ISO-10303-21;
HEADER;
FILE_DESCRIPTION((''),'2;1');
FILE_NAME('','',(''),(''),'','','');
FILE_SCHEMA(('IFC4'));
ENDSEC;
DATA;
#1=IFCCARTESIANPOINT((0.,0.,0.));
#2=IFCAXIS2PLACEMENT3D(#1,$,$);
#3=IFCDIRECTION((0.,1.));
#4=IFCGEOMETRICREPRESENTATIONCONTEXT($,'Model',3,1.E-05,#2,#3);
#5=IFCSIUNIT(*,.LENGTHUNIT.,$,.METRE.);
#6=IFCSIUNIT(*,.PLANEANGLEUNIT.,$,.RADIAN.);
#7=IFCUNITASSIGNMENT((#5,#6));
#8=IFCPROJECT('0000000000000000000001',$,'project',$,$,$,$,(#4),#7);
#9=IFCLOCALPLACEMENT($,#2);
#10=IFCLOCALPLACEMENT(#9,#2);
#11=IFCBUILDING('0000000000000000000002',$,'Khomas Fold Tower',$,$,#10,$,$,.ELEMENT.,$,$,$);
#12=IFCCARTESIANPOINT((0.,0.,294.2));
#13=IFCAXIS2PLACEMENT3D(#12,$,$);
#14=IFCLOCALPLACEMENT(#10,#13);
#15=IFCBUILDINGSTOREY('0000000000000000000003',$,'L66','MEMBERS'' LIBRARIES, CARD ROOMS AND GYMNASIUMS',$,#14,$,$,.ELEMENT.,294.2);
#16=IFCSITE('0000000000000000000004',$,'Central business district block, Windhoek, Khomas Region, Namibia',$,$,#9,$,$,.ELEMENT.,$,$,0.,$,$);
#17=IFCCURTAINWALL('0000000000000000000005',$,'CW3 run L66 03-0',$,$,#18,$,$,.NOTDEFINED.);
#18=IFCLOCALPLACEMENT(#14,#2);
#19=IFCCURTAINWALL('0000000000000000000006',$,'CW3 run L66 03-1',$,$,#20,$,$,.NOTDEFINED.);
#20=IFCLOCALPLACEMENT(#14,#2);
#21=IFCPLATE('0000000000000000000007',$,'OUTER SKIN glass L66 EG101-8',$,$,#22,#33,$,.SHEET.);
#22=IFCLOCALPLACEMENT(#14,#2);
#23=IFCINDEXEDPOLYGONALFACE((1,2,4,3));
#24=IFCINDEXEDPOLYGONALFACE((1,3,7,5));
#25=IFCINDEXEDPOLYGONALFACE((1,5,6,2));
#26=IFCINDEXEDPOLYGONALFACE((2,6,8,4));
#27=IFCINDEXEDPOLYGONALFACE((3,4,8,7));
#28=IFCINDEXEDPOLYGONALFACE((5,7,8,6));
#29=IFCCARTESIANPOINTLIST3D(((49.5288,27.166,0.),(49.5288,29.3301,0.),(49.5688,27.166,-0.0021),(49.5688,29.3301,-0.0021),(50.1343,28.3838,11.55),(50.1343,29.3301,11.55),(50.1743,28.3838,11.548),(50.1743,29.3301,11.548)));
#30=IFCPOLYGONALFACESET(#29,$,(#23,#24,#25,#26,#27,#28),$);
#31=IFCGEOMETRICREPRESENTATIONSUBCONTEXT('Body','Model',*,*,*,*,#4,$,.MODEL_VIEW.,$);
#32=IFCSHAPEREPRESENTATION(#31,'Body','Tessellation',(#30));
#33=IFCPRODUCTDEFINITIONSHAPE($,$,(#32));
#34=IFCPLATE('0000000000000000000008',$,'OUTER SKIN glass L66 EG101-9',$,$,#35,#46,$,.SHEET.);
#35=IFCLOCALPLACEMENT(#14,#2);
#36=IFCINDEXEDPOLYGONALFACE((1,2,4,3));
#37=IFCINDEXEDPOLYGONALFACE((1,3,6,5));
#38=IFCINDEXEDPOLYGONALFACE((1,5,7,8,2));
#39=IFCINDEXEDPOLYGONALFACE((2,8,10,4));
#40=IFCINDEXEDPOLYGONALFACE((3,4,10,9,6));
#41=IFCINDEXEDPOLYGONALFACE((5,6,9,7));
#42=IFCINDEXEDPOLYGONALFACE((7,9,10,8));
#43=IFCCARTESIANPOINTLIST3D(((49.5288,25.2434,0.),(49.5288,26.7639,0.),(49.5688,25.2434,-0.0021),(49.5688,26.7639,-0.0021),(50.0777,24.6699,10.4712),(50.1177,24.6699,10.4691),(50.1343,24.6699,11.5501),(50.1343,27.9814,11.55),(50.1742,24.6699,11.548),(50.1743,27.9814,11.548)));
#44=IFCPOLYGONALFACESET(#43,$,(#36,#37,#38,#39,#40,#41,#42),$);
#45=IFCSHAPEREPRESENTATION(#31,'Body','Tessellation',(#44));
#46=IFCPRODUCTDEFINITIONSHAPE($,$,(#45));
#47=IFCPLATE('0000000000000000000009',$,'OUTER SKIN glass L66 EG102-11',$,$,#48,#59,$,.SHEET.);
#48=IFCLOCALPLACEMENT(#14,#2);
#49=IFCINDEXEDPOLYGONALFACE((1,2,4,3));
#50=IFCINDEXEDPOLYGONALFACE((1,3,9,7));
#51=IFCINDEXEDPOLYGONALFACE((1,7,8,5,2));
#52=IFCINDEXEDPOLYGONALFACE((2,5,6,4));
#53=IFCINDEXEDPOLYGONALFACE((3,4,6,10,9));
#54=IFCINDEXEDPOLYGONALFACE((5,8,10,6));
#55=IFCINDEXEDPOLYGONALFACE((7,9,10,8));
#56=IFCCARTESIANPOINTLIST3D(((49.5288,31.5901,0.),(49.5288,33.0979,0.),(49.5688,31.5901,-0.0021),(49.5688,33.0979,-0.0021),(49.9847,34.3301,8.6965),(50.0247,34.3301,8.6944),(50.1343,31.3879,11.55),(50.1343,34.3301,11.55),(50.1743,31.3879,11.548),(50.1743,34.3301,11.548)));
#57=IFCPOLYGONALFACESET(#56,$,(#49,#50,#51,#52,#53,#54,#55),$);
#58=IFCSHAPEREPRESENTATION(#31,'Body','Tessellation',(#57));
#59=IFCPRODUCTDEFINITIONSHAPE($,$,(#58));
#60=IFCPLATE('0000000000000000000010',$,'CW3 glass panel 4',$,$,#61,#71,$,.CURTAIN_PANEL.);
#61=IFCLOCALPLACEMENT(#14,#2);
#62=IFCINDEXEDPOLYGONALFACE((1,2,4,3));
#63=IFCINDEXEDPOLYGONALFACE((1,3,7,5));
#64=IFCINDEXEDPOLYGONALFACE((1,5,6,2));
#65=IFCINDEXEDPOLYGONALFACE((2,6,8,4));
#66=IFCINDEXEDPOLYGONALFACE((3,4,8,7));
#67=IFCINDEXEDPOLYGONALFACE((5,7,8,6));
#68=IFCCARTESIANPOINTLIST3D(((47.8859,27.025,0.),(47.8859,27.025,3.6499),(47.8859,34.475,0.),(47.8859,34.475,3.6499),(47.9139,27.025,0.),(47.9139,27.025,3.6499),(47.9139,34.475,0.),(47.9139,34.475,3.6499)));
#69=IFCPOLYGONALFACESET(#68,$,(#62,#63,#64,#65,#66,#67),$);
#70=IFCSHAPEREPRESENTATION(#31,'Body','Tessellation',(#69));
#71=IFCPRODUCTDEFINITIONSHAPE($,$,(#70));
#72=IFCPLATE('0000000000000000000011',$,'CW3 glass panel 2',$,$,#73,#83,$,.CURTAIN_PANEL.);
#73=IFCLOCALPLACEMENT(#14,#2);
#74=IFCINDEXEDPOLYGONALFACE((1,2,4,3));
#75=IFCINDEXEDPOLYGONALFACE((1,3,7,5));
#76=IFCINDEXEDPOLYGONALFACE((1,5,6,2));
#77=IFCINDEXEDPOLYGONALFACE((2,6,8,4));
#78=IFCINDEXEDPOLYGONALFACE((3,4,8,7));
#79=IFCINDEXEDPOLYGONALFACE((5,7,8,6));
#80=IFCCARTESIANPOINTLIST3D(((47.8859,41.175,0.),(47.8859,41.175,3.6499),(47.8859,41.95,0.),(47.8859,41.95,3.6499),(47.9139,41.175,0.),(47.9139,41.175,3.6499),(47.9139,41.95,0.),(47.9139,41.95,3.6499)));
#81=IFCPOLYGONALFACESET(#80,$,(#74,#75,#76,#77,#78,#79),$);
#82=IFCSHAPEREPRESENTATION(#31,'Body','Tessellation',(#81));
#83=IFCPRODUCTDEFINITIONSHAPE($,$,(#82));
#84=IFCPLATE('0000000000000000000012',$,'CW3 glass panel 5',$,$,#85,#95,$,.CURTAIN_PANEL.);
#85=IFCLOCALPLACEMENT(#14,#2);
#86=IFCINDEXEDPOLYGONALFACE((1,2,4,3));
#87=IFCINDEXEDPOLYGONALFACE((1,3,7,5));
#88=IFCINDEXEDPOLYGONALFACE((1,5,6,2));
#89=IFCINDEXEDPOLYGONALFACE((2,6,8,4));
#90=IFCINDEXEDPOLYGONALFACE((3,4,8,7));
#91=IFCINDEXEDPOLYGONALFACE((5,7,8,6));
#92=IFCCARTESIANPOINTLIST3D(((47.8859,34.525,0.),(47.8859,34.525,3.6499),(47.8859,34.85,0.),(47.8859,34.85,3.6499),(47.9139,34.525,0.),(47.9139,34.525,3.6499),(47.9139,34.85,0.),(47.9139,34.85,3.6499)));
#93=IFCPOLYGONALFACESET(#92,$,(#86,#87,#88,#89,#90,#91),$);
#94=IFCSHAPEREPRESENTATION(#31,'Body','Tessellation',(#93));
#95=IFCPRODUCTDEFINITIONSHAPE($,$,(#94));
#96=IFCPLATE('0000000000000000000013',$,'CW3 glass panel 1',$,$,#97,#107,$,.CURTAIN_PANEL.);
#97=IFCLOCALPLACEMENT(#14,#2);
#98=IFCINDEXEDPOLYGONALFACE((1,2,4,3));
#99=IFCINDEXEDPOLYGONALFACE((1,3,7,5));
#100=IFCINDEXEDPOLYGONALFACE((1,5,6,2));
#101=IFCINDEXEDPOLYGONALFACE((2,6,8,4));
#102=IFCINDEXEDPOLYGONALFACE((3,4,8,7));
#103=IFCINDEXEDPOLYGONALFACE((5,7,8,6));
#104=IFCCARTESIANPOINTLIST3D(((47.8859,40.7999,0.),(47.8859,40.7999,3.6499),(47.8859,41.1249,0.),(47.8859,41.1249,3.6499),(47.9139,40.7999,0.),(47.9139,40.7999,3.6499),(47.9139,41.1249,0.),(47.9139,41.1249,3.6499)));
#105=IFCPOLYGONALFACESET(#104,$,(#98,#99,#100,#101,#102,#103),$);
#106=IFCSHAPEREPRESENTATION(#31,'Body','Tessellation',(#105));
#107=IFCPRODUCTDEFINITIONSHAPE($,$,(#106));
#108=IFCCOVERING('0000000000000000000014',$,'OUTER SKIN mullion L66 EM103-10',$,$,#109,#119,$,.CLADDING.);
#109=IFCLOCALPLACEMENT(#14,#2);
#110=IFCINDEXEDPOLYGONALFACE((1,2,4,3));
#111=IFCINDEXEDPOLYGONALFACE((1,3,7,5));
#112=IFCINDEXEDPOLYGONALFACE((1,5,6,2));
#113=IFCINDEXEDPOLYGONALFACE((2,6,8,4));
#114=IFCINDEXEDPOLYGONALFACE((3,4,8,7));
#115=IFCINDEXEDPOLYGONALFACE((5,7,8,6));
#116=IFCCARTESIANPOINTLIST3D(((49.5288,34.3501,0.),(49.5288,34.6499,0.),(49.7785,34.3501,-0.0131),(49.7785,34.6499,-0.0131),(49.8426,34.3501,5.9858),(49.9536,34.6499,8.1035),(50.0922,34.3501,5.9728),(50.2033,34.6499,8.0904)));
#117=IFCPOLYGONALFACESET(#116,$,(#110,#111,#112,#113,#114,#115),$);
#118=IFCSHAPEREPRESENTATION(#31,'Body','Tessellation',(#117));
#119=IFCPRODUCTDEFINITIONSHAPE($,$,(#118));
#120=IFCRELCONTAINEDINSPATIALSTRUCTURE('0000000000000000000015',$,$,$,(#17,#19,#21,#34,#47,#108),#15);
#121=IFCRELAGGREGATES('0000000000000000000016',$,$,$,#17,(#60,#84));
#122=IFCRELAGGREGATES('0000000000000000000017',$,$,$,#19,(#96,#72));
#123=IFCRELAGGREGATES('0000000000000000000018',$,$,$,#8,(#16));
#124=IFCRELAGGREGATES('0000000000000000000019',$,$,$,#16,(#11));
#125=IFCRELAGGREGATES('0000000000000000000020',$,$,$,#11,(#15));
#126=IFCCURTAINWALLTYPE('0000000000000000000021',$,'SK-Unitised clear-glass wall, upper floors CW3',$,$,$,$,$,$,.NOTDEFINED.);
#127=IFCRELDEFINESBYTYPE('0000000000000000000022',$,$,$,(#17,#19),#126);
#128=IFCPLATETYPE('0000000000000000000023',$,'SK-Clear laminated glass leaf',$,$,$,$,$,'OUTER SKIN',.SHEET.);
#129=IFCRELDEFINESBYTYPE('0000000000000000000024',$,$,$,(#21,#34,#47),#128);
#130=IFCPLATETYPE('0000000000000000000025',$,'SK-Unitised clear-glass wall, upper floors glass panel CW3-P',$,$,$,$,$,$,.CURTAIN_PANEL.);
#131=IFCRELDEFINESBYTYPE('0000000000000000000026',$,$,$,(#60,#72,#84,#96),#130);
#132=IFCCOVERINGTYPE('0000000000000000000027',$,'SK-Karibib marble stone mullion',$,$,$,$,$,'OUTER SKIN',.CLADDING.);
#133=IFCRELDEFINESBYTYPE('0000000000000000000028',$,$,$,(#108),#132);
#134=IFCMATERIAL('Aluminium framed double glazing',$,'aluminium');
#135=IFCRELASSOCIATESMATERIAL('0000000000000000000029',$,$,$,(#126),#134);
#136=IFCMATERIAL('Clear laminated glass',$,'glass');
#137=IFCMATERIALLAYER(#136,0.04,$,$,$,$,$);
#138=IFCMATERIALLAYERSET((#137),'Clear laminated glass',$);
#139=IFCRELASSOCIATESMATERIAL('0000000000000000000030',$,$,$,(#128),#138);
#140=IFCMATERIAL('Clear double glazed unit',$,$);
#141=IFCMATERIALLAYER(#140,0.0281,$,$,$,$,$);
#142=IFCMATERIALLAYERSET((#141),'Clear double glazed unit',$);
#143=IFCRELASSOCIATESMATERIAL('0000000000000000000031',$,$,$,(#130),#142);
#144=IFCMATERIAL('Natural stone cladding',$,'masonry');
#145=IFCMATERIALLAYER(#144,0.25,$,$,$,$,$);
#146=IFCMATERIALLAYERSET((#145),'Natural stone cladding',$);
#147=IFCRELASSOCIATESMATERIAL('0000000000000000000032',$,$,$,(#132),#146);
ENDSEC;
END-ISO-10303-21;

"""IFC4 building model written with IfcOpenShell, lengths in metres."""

from ifc_helpers import new_model, si_unit, direction, frame, origin, origin_2d, place, context, subcontext, project, spatial, polyline, rectangle, outline, extrude, source, transform, mapped, material, layer, layer_set, type_object, element, aggregate, save


model = new_model("IFC4")

# Units and contexts
model_context = context("Model", 3, precision=1e-05, world=origin(), true_north=direction((0.0, 1.0)))
body_context = subcontext(model_context, "Body", "Model", "MODEL_VIEW")
ifc_project = project(units=[si_unit("LENGTHUNIT", "METRE"), si_unit("PLANEANGLEUNIT", "RADIAN")], contexts=[model_context])

# Site, building, storey
site_placement = place(None, origin())
site = spatial("IfcSite", under=ifc_project, at=site_placement, Name="Central business district block, Windhoek, Khomas Region, Namibia", CompositionType="ELEMENT", RefElevation=0.0)
building_placement = place(site_placement, origin())
building = spatial("IfcBuilding", under=site, at=building_placement, Name="Khomas Fold Tower", CompositionType="ELEMENT")
storey_placement = place(building_placement, frame((0.0, 0.0, 294.2)))
storey = spatial("IfcBuildingStorey", under=building, at=storey_placement, Name="L66", Description="MEMBERS' LIBRARIES, CARD ROOMS AND GYMNASIUMS", CompositionType="ELEMENT", Elevation=294.2)

# Curtain walls
ifc_material_1 = material(Name="Aluminium framed double glazing", Category="aluminium")
curtain_wall_type = type_object("IfcCurtainWallType", Name="SK-Unitised clear-glass wall, upper floors CW3", PredefinedType="NOTDEFINED", material=ifc_material_1)
curtain_wall_1_placement = place(storey_placement, origin())
curtain_wall_1 = element("IfcCurtainWall", 1, at=curtain_wall_1_placement, inside=storey, type_object=curtain_wall_type, Name="CW3 run L66 03-0", PredefinedType="NOTDEFINED")
curtain_wall_2_placement = place(storey_placement, origin())
curtain_wall_2 = element("IfcCurtainWall", 2, at=curtain_wall_2_placement, inside=storey, type_object=curtain_wall_type, Name="CW3 run L66 03-1", PredefinedType="NOTDEFINED")

# Plates
ifc_material_2 = material(Name="Clear laminated glass", Category="glass")
ifc_layer_1 = layer(ifc_material_2, 0.04)
ifc_layer_set_1 = layer_set([ifc_layer_1], Name="Clear laminated glass")
plate_type_1 = type_object("IfcPlateType", Name="SK-Clear laminated glass leaf", ElementType="OUTER SKIN", PredefinedType="SHEET", material=ifc_layer_set_1)
plate_1_placement = place(storey_placement, frame((49.5288, 27.166, 0.0), z_axis=(-0.998629, 0.0, 0.052349), x_axis=(0.052062, 0.104711, 0.993139)))
element("IfcPlate", 3, at=plate_1_placement, inside=storey, type_object=plate_type_1, Name="OUTER SKIN glass L66 EG101-8", PredefinedType="SHEET", context=body_context, shape_type="SweptSolid", body=[
    extrude(outline(polyline([(0.0, 0.0), (11.6298, 0.0), (11.7289, 0.9411), (0.2266, 2.1522), (0.0, 0.0)])), origin(), (0.0, 0.0, -1.0), 0.04),
])
plate_2_placement = place(storey_placement, frame((49.5288, 26.7639, 0.0), z_axis=(-0.998629, 0.000017, 0.05235), x_axis=(-0.000017, -1.0, 0.000001)))
element("IfcPlate", 4, at=plate_2_placement, inside=storey, type_object=plate_type_1, Name="OUTER SKIN glass L66 EG101-9", PredefinedType="SHEET", context=body_context, shape_type="SweptSolid", body=[
    extrude(outline(polyline([(0.0, 0.0), (1.5205, 0.0), (2.094, 10.4856), (2.094, 11.5659), (-1.2175, 11.5659), (0.0, 0.0)])), origin(), (0.0, 0.0, -1.0), 0.04),
])
plate_3_placement = place(storey_placement, frame((49.5288, 33.0979, 0.0), z_axis=(-0.998629, -0.000015, 0.052351), x_axis=(0.000015, -1.0, -0.000001)))
element("IfcPlate", 5, at=plate_3_placement, inside=storey, type_object=plate_type_1, Name="OUTER SKIN glass L66 EG102-11", PredefinedType="SHEET", context=body_context, shape_type="SweptSolid", body=[
    extrude(outline(polyline([(0.0, 0.0), (1.5078, 0.0), (1.71, 11.5659), (-1.2322, 11.5659), (-1.2322, 8.7085), (0.0, 0.0)])), origin(), (0.0, 0.0, -1.0), 0.04),
])

# Plates
ifc_material_3 = material(Name="Clear double glazed unit")
ifc_layer_2 = layer(ifc_material_3, 0.0281)
ifc_layer_set_2 = layer_set([ifc_layer_2], Name="Clear double glazed unit")
plate_type_2 = type_object("IfcPlateType", Name="SK-Unitised clear-glass wall, upper floors glass panel CW3-P", PredefinedType="CURTAIN_PANEL", material=ifc_layer_set_2)
shared_shape_1 = source(origin(), body_context, "Body", "SweptSolid", [
    extrude(rectangle(XDim=7.45, YDim=0.0281, at=origin_2d()), origin(), (0.0, 0.0, 1.0), 3.6499),
])
plate_4_placement = place(storey_placement, frame((47.8999, 30.75, 0.0), z_axis=(0.0, 0.0, 1.0), x_axis=(0.0, 1.0, 0.0)))
plate_4 = element("IfcPlate", 6, at=plate_4_placement, type_object=plate_type_2, Name="CW3 glass panel 4", PredefinedType="CURTAIN_PANEL", context=body_context, shape_type="MappedRepresentation", body=[
    mapped(shared_shape_1, transform((0.0, 0.0, 0.0))),
])
shared_shape_2 = source(origin(), body_context, "Body", "SweptSolid", [
    extrude(rectangle(XDim=0.7749, YDim=0.0281, at=origin_2d()), origin(), (0.0, 0.0, 1.0), 3.6499),
])
plate_5_placement = place(storey_placement, frame((47.8999, 41.5625, 0.0), z_axis=(0.0, 0.0, 1.0), x_axis=(0.0, 1.0, 0.0)))
plate_5 = element("IfcPlate", 7, at=plate_5_placement, type_object=plate_type_2, Name="CW3 glass panel 2", PredefinedType="CURTAIN_PANEL", context=body_context, shape_type="MappedRepresentation", body=[
    mapped(shared_shape_2, transform((0.0, 0.0, 0.0))),
])
shared_shape_3 = source(origin(), body_context, "Body", "SweptSolid", [
    extrude(rectangle(XDim=0.325, YDim=0.0281, at=origin_2d()), origin(), (0.0, 0.0, 1.0), 3.6499),
])
plate_6_placement = place(storey_placement, frame((47.8999, 34.6875, 0.0), z_axis=(0.0, 0.0, 1.0), x_axis=(0.0, 1.0, 0.0)))
plate_6 = element("IfcPlate", 8, at=plate_6_placement, type_object=plate_type_2, Name="CW3 glass panel 5", PredefinedType="CURTAIN_PANEL", context=body_context, shape_type="MappedRepresentation", body=[
    mapped(shared_shape_3, transform((0.0, 0.0, 0.0))),
])
aggregate(curtain_wall_1, [plate_4, plate_6])
plate_7_placement = place(storey_placement, frame((47.8999, 40.9624, 0.0), z_axis=(0.0, 0.0, 1.0), x_axis=(0.0, 1.0, 0.0)))
plate_7 = element("IfcPlate", 9, at=plate_7_placement, type_object=plate_type_2, Name="CW3 glass panel 1", PredefinedType="CURTAIN_PANEL", context=body_context, shape_type="MappedRepresentation", body=[
    mapped(shared_shape_3, transform((0.0, 0.0, 0.0))),
])
aggregate(curtain_wall_2, [plate_7, plate_5])

# Covering
ifc_material_4 = material(Name="Natural stone cladding", Category="masonry")
ifc_layer_3 = layer(ifc_material_4, 0.25)
ifc_layer_set_3 = layer_set([ifc_layer_3], Name="Natural stone cladding")
covering_type = type_object("IfcCoveringType", Name="SK-Karibib marble stone mullion", ElementType="OUTER SKIN", PredefinedType="CLADDING", material=ifc_layer_set_3)
covering_placement = place(storey_placement, frame((49.5288, 34.3501, 0.0), z_axis=(-0.998629, 0.000135, 0.052345), x_axis=(0.052345, 0.0, 0.998629)))
element("IfcCovering", 10, at=covering_placement, inside=storey, type_object=covering_type, Name="OUTER SKIN mullion L66 EM103-10", PredefinedType="CLADDING", context=body_context, shape_type="SweptSolid", body=[
    extrude(outline(polyline([(0.0, 0.0), (5.9941, 0.0), (8.1146, 0.2998), (0.0, 0.2998), (0.0, 0.0)])), origin(), (0.0, 0.0, -1.0), 0.25),
])

save(model, "model.ifc")
